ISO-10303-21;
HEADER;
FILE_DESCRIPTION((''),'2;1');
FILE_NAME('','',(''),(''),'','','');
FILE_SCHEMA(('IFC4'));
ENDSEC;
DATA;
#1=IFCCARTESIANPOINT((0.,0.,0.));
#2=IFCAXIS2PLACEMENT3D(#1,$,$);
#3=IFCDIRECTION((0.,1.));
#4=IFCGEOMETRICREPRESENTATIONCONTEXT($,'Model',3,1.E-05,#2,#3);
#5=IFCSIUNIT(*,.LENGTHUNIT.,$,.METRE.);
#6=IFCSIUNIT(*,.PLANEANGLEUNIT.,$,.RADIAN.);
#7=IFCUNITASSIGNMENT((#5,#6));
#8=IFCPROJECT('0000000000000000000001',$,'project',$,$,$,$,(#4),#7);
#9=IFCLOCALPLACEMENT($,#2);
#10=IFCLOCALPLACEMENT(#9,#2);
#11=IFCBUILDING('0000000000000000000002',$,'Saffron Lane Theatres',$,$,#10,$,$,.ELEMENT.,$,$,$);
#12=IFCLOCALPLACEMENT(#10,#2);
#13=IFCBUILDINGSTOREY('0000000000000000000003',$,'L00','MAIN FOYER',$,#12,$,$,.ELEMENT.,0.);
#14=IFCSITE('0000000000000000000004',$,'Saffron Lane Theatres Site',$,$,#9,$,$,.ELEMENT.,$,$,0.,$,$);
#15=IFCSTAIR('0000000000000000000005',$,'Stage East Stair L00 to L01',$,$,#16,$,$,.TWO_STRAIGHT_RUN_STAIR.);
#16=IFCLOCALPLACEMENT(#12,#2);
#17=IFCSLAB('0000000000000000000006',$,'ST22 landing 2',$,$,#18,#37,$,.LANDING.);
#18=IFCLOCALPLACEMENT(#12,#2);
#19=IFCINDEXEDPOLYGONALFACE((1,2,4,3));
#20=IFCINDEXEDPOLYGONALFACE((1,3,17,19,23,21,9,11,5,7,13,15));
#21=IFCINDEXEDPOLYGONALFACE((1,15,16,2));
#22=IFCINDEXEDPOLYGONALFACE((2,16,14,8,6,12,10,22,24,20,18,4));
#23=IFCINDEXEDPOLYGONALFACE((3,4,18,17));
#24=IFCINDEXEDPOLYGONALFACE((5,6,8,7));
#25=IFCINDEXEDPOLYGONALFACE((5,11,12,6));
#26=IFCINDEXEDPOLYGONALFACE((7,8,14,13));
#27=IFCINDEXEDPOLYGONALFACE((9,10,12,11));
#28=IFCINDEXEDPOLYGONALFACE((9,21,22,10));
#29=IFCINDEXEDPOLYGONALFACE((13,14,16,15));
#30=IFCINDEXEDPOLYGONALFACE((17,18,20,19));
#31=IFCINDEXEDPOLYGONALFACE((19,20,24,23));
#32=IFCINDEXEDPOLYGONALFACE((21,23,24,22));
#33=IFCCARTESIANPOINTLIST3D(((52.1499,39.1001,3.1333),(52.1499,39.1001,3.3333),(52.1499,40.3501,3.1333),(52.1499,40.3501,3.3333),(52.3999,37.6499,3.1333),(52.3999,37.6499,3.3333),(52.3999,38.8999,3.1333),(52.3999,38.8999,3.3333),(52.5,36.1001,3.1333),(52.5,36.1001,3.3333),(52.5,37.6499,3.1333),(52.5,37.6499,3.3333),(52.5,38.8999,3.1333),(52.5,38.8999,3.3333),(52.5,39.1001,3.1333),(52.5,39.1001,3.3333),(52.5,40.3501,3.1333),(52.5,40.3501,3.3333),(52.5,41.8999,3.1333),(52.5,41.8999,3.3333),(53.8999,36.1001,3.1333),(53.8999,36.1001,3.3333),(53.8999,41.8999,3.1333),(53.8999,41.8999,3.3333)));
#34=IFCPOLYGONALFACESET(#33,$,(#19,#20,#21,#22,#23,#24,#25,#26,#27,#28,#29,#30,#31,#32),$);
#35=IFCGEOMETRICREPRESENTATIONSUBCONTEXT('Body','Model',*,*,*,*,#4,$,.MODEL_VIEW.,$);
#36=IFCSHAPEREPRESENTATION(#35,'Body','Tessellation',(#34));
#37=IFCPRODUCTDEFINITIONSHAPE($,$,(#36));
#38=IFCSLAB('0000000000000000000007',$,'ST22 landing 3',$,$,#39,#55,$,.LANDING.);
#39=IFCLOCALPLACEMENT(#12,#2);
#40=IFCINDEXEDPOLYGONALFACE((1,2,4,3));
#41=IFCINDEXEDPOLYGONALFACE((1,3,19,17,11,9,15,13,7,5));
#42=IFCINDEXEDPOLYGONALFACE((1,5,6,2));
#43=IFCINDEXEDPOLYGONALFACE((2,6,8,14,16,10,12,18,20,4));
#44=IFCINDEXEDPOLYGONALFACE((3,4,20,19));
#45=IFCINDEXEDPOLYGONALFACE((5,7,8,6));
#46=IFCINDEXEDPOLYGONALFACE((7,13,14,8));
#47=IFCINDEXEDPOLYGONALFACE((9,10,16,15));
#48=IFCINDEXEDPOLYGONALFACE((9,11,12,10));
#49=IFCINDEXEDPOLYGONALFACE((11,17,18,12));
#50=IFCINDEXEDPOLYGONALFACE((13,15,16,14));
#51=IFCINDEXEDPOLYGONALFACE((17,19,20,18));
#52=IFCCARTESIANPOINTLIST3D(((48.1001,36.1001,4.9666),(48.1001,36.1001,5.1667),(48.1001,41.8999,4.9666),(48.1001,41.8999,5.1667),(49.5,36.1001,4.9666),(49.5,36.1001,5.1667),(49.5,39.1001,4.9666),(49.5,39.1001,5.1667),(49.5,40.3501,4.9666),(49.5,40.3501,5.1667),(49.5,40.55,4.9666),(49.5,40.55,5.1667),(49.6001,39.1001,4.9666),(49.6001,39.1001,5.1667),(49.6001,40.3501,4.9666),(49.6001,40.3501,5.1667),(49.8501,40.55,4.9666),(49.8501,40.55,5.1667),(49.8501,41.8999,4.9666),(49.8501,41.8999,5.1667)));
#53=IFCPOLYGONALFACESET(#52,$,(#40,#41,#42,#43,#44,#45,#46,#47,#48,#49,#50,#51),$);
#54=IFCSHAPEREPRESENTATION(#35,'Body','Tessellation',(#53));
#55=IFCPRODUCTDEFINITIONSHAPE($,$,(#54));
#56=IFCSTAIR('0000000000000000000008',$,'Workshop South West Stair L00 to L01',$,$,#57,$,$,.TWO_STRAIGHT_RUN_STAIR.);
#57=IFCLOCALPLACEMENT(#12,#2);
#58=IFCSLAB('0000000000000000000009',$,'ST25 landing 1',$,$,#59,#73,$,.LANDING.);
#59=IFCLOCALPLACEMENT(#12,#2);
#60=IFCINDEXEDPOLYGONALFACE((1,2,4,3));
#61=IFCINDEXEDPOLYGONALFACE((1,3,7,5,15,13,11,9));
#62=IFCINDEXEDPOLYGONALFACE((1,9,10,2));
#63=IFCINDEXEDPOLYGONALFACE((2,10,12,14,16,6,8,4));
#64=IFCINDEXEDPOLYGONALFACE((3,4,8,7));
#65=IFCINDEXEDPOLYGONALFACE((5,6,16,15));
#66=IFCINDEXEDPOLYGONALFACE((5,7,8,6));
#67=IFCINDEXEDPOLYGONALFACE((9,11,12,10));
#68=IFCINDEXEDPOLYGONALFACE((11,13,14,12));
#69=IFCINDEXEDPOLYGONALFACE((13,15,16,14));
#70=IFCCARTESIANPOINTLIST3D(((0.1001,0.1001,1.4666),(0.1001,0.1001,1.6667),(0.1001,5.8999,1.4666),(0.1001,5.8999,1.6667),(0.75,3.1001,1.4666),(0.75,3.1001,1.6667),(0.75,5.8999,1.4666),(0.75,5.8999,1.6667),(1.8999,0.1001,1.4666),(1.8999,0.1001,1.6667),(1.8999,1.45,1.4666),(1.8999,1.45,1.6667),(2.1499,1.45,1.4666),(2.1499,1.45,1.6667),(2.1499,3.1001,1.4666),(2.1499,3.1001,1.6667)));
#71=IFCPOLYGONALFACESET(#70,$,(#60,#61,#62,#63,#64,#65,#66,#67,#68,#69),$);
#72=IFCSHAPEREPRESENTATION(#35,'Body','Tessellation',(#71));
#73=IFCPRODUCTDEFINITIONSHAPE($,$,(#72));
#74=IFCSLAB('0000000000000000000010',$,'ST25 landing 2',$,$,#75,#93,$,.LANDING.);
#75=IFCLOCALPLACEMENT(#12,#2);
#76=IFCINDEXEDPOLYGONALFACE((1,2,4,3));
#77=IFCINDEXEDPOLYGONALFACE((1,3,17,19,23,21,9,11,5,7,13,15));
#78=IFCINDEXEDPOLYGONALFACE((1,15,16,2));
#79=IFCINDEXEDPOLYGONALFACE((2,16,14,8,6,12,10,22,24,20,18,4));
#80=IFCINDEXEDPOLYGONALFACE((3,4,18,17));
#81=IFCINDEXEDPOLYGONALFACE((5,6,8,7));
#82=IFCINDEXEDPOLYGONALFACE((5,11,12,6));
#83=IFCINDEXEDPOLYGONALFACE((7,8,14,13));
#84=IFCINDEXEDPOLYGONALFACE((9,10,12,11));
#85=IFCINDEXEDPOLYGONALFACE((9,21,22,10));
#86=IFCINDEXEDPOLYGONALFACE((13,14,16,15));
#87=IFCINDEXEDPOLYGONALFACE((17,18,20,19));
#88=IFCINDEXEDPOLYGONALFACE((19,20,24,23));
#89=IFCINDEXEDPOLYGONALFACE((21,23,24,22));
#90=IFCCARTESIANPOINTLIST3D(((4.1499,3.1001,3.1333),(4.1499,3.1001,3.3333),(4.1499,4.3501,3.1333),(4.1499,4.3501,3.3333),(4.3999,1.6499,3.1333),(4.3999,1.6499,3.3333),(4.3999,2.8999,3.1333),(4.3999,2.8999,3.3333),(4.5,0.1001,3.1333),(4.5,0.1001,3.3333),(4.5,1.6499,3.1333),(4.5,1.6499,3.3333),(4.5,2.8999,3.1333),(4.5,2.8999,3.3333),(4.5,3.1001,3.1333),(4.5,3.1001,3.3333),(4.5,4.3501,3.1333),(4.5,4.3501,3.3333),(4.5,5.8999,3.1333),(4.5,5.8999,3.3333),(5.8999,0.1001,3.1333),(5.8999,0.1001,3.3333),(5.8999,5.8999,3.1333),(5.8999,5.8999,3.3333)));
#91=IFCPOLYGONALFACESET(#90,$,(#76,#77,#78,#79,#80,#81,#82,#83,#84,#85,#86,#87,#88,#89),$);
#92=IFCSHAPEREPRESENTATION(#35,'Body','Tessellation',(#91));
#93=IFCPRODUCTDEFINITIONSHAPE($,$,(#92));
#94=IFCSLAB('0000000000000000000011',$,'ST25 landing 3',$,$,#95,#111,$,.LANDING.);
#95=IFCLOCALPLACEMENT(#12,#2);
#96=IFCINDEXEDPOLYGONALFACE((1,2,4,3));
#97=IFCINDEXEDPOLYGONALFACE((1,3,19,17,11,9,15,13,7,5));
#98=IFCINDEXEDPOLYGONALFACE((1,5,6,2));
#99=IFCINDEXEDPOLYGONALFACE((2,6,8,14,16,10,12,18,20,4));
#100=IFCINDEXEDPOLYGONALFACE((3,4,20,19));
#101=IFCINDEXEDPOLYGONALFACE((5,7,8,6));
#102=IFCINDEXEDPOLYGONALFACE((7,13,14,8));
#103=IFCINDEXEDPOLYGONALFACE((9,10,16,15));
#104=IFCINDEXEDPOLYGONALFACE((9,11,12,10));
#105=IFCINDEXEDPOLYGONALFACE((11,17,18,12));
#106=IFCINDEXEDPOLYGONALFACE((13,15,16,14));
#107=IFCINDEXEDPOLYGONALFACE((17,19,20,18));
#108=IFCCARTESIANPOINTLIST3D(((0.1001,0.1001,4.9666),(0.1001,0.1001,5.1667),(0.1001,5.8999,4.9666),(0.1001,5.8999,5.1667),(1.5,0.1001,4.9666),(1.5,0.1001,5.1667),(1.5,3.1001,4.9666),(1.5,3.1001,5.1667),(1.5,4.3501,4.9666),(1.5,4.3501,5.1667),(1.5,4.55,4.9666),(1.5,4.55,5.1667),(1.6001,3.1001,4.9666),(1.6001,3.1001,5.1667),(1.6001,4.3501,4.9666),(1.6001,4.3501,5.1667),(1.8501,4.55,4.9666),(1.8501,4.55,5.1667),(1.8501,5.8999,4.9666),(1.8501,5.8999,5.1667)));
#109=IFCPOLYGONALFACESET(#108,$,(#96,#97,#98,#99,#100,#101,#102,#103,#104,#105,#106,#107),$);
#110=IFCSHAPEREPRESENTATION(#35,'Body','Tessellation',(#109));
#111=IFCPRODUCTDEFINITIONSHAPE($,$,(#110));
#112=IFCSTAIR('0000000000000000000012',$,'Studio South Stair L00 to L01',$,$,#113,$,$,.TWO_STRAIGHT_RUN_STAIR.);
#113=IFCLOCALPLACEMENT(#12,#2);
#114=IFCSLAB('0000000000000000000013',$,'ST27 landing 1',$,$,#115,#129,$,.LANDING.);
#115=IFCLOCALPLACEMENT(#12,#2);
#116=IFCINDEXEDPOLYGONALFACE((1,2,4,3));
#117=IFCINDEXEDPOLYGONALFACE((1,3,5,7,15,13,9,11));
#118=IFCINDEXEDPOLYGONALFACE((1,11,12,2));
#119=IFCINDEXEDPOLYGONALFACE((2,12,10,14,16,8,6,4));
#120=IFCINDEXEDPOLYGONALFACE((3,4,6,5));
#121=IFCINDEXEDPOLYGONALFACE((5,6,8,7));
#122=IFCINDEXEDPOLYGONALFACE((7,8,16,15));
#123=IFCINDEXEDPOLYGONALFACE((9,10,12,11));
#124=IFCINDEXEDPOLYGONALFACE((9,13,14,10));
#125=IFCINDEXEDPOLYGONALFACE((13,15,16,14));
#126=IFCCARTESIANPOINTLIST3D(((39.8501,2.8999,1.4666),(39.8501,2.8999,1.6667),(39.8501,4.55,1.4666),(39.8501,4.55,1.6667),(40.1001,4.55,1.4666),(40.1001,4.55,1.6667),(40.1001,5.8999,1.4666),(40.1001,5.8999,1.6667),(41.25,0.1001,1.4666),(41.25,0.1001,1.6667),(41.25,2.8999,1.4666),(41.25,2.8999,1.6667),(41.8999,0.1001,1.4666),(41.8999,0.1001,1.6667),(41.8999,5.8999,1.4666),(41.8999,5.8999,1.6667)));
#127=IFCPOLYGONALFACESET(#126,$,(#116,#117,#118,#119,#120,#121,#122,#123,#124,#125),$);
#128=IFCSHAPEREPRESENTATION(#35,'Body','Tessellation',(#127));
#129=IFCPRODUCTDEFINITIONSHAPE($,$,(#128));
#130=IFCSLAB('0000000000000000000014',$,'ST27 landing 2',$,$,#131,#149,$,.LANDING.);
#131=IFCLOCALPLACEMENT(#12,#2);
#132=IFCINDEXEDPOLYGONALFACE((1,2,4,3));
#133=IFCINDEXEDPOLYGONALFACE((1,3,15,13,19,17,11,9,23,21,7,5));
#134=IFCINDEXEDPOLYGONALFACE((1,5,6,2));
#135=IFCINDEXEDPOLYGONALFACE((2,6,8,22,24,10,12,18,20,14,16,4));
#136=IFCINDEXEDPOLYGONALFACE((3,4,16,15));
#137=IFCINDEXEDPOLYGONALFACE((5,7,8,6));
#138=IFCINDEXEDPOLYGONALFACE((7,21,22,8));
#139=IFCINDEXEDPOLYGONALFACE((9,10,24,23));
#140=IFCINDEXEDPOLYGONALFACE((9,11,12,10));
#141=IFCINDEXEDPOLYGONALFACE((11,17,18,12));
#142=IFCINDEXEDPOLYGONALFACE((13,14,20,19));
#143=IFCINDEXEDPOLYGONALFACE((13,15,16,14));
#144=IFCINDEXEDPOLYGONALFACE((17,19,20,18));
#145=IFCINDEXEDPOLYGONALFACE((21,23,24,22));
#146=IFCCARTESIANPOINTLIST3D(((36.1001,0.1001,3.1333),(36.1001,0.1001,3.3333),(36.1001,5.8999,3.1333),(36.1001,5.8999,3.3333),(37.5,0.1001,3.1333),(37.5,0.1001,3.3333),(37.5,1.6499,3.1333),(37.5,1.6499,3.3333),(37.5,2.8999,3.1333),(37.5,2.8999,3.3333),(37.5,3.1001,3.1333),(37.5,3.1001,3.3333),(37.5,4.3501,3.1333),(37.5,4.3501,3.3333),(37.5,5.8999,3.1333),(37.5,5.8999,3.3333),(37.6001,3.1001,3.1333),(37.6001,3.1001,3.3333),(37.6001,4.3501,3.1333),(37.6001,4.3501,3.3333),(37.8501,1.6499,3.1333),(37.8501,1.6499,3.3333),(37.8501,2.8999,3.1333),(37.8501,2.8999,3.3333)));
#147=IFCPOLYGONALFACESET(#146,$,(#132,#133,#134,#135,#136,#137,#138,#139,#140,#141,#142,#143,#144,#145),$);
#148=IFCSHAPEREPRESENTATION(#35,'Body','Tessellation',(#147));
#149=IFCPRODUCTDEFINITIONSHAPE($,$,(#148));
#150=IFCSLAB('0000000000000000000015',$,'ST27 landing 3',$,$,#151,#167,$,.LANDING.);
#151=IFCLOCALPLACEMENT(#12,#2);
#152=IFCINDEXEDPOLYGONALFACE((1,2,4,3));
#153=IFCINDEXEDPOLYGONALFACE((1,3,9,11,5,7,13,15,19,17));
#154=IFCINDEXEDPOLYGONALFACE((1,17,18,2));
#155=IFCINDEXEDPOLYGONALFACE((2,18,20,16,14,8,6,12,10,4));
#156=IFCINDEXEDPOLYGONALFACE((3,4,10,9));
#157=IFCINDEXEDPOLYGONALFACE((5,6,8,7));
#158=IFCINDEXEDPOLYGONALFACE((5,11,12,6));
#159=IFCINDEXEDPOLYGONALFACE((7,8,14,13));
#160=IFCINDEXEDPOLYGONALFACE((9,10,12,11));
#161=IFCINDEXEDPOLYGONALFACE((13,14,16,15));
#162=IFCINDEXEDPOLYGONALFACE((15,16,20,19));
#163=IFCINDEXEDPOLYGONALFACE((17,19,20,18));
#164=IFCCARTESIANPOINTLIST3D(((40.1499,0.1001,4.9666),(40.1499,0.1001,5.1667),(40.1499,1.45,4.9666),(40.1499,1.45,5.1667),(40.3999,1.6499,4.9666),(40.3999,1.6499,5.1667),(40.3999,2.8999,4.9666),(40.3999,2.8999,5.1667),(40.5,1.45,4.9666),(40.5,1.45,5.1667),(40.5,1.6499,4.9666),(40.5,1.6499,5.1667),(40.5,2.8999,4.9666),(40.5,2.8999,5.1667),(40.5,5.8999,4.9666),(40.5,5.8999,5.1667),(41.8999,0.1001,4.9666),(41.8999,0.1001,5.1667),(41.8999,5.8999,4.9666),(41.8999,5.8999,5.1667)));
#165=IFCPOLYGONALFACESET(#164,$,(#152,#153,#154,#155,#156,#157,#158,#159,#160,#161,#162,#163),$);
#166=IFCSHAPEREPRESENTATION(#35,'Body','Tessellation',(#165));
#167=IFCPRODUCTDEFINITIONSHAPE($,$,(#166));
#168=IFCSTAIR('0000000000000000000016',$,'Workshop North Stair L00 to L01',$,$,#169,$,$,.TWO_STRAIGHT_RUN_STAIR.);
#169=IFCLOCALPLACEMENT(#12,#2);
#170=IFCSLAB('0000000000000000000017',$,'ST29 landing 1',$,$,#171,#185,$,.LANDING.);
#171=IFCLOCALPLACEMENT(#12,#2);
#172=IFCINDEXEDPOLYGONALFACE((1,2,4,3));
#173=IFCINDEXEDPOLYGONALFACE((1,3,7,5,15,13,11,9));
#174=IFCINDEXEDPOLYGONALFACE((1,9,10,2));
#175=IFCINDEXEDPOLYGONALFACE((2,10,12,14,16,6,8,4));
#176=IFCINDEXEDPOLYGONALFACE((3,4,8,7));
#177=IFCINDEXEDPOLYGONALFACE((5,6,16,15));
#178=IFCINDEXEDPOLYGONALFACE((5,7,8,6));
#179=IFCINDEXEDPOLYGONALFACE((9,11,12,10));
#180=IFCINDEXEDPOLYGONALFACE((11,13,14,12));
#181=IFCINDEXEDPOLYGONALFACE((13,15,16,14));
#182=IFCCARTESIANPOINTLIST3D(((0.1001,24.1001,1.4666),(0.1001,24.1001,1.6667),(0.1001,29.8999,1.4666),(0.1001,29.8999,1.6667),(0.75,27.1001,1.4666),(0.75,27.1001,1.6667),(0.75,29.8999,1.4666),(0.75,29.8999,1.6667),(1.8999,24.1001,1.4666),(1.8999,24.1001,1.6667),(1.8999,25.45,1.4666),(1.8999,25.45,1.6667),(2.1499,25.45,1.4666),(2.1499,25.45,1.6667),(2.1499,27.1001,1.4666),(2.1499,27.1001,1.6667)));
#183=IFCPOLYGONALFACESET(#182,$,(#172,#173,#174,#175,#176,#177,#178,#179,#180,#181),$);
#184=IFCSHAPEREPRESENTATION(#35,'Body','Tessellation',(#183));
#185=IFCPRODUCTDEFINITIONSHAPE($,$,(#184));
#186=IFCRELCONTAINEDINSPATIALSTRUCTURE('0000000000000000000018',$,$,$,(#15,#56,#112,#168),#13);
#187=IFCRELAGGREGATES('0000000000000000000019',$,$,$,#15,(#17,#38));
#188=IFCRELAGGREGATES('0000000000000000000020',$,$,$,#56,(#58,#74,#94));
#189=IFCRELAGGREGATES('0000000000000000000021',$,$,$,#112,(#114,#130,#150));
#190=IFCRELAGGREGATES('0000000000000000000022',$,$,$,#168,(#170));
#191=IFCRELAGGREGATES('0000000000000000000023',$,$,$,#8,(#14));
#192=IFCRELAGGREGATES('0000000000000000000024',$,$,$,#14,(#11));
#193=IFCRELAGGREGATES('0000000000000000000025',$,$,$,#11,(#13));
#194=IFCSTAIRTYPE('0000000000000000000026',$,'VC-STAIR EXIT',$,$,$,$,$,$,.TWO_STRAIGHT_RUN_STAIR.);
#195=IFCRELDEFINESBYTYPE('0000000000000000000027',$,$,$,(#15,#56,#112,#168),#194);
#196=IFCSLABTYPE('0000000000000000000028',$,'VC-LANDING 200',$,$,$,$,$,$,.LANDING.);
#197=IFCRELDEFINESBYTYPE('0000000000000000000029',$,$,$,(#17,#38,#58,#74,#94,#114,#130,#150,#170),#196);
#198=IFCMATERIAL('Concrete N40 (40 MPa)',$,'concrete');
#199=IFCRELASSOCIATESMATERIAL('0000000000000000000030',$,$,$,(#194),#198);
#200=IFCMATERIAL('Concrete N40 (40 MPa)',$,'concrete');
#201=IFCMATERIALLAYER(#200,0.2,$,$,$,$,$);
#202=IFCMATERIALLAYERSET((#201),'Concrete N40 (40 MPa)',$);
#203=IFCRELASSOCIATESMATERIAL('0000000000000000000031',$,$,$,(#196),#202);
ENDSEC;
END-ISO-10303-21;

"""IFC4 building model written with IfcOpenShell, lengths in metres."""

from ifc_helpers import new_model, si_unit, direction, frame, origin, place, context, subcontext, project, spatial, polyline, outline, extrude, material, layer, layer_set, type_object, element, aggregate, save


model = new_model("IFC4")

# Units and contexts
model_context = context("Model", 3, precision=1e-05, world=origin(), true_north=direction((0.0, 1.0)))
body_context = subcontext(model_context, "Body", "Model", "MODEL_VIEW")
ifc_project = project(units=[si_unit("LENGTHUNIT", "METRE"), si_unit("PLANEANGLEUNIT", "RADIAN")], contexts=[model_context])

# Site, building, storey
site_placement = place(None, origin())
site = spatial("IfcSite", under=ifc_project, at=site_placement, Name="Saffron Lane Theatres Site", CompositionType="ELEMENT", RefElevation=0.0)
building_placement = place(site_placement, origin())
building = spatial("IfcBuilding", under=site, at=building_placement, Name="Saffron Lane Theatres", CompositionType="ELEMENT")
storey_placement = place(building_placement, origin())
storey = spatial("IfcBuildingStorey", under=building, at=storey_placement, Name="L00", Description="MAIN FOYER", CompositionType="ELEMENT", Elevation=0.0)

# Stairs, slabs
ifc_material_1 = material(Name="Concrete N40 (40 MPa)", Category="concrete")
stair_type_1 = type_object("IfcStairType", Name="VC-STAIR EXIT", PredefinedType="TWO_STRAIGHT_RUN_STAIR", material=ifc_material_1)
ifc_material_2 = material(Name="Concrete N40 (40 MPa)", Category="concrete")
ifc_layer_1 = layer(ifc_material_2, 0.2)
ifc_layer_set_1 = layer_set([ifc_layer_1], Name="Concrete N40 (40 MPa)")
slab_type = type_object("IfcSlabType", Name="VC-LANDING 200", PredefinedType="LANDING", material=ifc_layer_set_1)
stair_1_placement = place(storey_placement, origin())
stair_1 = element("IfcStair", 1, at=stair_1_placement, inside=storey, type_object=stair_type_1, Name="Stage East Stair L00 to L01", PredefinedType="TWO_STRAIGHT_RUN_STAIR")
slab_1_placement = place(storey_placement, frame((0.0, 0.0, 3.1333)))
slab_1 = element("IfcSlab", 2, at=slab_1_placement, type_object=slab_type, Name="ST22 landing 2", PredefinedType="LANDING", context=body_context, shape_type="SweptSolid", body=[
    extrude(outline(polyline([(52.5, 41.8999), (53.8999, 41.8999), (53.8999, 36.1001), (52.5, 36.1001), (52.5, 37.6499), (52.3999, 37.6499), (52.3999, 38.8999), (52.5, 38.8999), (52.5, 39.1001), (52.1499, 39.1001), (52.1499, 40.3501), (52.5, 40.3501), (52.5, 41.8999)])), origin(), (0.0, 0.0, 1.0), 0.2),
])
slab_2_placement = place(storey_placement, frame((0.0, 0.0, 4.9666)))
slab_2 = element("IfcSlab", 3, at=slab_2_placement, type_object=slab_type, Name="ST22 landing 3", PredefinedType="LANDING", context=body_context, shape_type="SweptSolid", body=[
    extrude(outline(polyline([(49.5, 40.55), (49.5, 40.3501), (49.6001, 40.3501), (49.6001, 39.1001), (49.5, 39.1001), (49.5, 36.1001), (48.1001, 36.1001), (48.1001, 41.8999), (49.8501, 41.8999), (49.8501, 40.55), (49.5, 40.55)])), origin(), (0.0, 0.0, 1.0), 0.2002),
])
aggregate(stair_1, [slab_1, slab_2])
stair_2_placement = place(storey_placement, origin())
stair_2 = element("IfcStair", 4, at=stair_2_placement, inside=storey, type_object=stair_type_1, Name="Workshop South West Stair L00 to L01", PredefinedType="TWO_STRAIGHT_RUN_STAIR")
slab_3_placement = place(storey_placement, frame((0.0, 0.0, 1.4666)))
slab_3 = element("IfcSlab", 5, at=slab_3_placement, type_object=slab_type, Name="ST25 landing 1", PredefinedType="LANDING", context=body_context, shape_type="SweptSolid", body=[
    extrude(outline(polyline([(2.1499, 3.1001), (2.1499, 1.45), (1.8999, 1.45), (1.8999, 0.1001), (0.1001, 0.1001), (0.1001, 5.8999), (0.75, 5.8999), (0.75, 3.1001), (2.1499, 3.1001)])), origin(), (0.0, 0.0, 1.0), 0.2002),
])
slab_4_placement = place(storey_placement, frame((0.0, 0.0, 3.1333)))
slab_4 = element("IfcSlab", 6, at=slab_4_placement, type_object=slab_type, Name="ST25 landing 2", PredefinedType="LANDING", context=body_context, shape_type="SweptSolid", body=[
    extrude(outline(polyline([(4.5, 5.8999), (5.8999, 5.8999), (5.8999, 0.1001), (4.5, 0.1001), (4.5, 1.6499), (4.3999, 1.6499), (4.3999, 2.8999), (4.5, 2.8999), (4.5, 3.1001), (4.1499, 3.1001), (4.1499, 4.3501), (4.5, 4.3501), (4.5, 5.8999)])), origin(), (0.0, 0.0, 1.0), 0.2),
])
slab_5_placement = place(storey_placement, frame((0.0, 0.0, 4.9666)))
slab_5 = element("IfcSlab", 7, at=slab_5_placement, type_object=slab_type, Name="ST25 landing 3", PredefinedType="LANDING", context=body_context, shape_type="SweptSolid", body=[
    extrude(outline(polyline([(1.5, 4.55), (1.5, 4.3501), (1.6001, 4.3501), (1.6001, 3.1001), (1.5, 3.1001), (1.5, 0.1001), (0.1001, 0.1001), (0.1001, 5.8999), (1.8501, 5.8999), (1.8501, 4.55), (1.5, 4.55)])), origin(), (0.0, 0.0, 1.0), 0.2002),
])
aggregate(stair_2, [slab_3, slab_4, slab_5])
stair_3_placement = place(storey_placement, origin())
stair_3 = element("IfcStair", 8, at=stair_3_placement, inside=storey, type_object=stair_type_1, Name="Studio South Stair L00 to L01", PredefinedType="TWO_STRAIGHT_RUN_STAIR")
slab_6_placement = place(storey_placement, frame((0.0, 0.0, 1.4666)))
slab_6 = element("IfcSlab", 9, at=slab_6_placement, type_object=slab_type, Name="ST27 landing 1", PredefinedType="LANDING", context=body_context, shape_type="SweptSolid", body=[
    extrude(outline(polyline([(39.8501, 2.8999), (39.8501, 4.55), (40.1001, 4.55), (40.1001, 5.8999), (41.8999, 5.8999), (41.8999, 0.1001), (41.25, 0.1001), (41.25, 2.8999), (39.8501, 2.8999)])), origin(), (0.0, 0.0, 1.0), 0.2002),
])
slab_7_placement = place(storey_placement, frame((0.0, 0.0, 3.1333)))
slab_7 = element("IfcSlab", 10, at=slab_7_placement, type_object=slab_type, Name="ST27 landing 2", PredefinedType="LANDING", context=body_context, shape_type="SweptSolid", body=[
    extrude(outline(polyline([(37.5, 0.1001), (36.1001, 0.1001), (36.1001, 5.8999), (37.5, 5.8999), (37.5, 4.3501), (37.6001, 4.3501), (37.6001, 3.1001), (37.5, 3.1001), (37.5, 2.8999), (37.8501, 2.8999), (37.8501, 1.6499), (37.5, 1.6499), (37.5, 0.1001)])), origin(), (0.0, 0.0, 1.0), 0.2),
])
slab_8_placement = place(storey_placement, frame((0.0, 0.0, 4.9666)))
slab_8 = element("IfcSlab", 11, at=slab_8_placement, type_object=slab_type, Name="ST27 landing 3", PredefinedType="LANDING", context=body_context, shape_type="SweptSolid", body=[
    extrude(outline(polyline([(40.5, 1.45), (40.5, 1.6499), (40.3999, 1.6499), (40.3999, 2.8999), (40.5, 2.8999), (40.5, 5.8999), (41.8999, 5.8999), (41.8999, 0.1001), (40.1499, 0.1001), (40.1499, 1.45), (40.5, 1.45)])), origin(), (0.0, 0.0, 1.0), 0.2002),
])
aggregate(stair_3, [slab_6, slab_7, slab_8])
stair_4_placement = place(storey_placement, origin())
stair_4 = element("IfcStair", 12, at=stair_4_placement, inside=storey, type_object=stair_type_1, Name="Workshop North Stair L00 to L01", PredefinedType="TWO_STRAIGHT_RUN_STAIR")
slab_9_placement = place(storey_placement, frame((0.0, 0.0, 1.4666)))
slab_9 = element("IfcSlab", 13, at=slab_9_placement, type_object=slab_type, Name="ST29 landing 1", PredefinedType="LANDING", context=body_context, shape_type="SweptSolid", body=[
    extrude(outline(polyline([(2.1499, 27.1001), (2.1499, 25.45), (1.8999, 25.45), (1.8999, 24.1001), (0.1001, 24.1001), (0.1001, 29.8999), (0.75, 29.8999), (0.75, 27.1001), (2.1499, 27.1001)])), origin(), (0.0, 0.0, 1.0), 0.2002),
])
aggregate(stair_4, [slab_9])

save(model, "model.ifc")
